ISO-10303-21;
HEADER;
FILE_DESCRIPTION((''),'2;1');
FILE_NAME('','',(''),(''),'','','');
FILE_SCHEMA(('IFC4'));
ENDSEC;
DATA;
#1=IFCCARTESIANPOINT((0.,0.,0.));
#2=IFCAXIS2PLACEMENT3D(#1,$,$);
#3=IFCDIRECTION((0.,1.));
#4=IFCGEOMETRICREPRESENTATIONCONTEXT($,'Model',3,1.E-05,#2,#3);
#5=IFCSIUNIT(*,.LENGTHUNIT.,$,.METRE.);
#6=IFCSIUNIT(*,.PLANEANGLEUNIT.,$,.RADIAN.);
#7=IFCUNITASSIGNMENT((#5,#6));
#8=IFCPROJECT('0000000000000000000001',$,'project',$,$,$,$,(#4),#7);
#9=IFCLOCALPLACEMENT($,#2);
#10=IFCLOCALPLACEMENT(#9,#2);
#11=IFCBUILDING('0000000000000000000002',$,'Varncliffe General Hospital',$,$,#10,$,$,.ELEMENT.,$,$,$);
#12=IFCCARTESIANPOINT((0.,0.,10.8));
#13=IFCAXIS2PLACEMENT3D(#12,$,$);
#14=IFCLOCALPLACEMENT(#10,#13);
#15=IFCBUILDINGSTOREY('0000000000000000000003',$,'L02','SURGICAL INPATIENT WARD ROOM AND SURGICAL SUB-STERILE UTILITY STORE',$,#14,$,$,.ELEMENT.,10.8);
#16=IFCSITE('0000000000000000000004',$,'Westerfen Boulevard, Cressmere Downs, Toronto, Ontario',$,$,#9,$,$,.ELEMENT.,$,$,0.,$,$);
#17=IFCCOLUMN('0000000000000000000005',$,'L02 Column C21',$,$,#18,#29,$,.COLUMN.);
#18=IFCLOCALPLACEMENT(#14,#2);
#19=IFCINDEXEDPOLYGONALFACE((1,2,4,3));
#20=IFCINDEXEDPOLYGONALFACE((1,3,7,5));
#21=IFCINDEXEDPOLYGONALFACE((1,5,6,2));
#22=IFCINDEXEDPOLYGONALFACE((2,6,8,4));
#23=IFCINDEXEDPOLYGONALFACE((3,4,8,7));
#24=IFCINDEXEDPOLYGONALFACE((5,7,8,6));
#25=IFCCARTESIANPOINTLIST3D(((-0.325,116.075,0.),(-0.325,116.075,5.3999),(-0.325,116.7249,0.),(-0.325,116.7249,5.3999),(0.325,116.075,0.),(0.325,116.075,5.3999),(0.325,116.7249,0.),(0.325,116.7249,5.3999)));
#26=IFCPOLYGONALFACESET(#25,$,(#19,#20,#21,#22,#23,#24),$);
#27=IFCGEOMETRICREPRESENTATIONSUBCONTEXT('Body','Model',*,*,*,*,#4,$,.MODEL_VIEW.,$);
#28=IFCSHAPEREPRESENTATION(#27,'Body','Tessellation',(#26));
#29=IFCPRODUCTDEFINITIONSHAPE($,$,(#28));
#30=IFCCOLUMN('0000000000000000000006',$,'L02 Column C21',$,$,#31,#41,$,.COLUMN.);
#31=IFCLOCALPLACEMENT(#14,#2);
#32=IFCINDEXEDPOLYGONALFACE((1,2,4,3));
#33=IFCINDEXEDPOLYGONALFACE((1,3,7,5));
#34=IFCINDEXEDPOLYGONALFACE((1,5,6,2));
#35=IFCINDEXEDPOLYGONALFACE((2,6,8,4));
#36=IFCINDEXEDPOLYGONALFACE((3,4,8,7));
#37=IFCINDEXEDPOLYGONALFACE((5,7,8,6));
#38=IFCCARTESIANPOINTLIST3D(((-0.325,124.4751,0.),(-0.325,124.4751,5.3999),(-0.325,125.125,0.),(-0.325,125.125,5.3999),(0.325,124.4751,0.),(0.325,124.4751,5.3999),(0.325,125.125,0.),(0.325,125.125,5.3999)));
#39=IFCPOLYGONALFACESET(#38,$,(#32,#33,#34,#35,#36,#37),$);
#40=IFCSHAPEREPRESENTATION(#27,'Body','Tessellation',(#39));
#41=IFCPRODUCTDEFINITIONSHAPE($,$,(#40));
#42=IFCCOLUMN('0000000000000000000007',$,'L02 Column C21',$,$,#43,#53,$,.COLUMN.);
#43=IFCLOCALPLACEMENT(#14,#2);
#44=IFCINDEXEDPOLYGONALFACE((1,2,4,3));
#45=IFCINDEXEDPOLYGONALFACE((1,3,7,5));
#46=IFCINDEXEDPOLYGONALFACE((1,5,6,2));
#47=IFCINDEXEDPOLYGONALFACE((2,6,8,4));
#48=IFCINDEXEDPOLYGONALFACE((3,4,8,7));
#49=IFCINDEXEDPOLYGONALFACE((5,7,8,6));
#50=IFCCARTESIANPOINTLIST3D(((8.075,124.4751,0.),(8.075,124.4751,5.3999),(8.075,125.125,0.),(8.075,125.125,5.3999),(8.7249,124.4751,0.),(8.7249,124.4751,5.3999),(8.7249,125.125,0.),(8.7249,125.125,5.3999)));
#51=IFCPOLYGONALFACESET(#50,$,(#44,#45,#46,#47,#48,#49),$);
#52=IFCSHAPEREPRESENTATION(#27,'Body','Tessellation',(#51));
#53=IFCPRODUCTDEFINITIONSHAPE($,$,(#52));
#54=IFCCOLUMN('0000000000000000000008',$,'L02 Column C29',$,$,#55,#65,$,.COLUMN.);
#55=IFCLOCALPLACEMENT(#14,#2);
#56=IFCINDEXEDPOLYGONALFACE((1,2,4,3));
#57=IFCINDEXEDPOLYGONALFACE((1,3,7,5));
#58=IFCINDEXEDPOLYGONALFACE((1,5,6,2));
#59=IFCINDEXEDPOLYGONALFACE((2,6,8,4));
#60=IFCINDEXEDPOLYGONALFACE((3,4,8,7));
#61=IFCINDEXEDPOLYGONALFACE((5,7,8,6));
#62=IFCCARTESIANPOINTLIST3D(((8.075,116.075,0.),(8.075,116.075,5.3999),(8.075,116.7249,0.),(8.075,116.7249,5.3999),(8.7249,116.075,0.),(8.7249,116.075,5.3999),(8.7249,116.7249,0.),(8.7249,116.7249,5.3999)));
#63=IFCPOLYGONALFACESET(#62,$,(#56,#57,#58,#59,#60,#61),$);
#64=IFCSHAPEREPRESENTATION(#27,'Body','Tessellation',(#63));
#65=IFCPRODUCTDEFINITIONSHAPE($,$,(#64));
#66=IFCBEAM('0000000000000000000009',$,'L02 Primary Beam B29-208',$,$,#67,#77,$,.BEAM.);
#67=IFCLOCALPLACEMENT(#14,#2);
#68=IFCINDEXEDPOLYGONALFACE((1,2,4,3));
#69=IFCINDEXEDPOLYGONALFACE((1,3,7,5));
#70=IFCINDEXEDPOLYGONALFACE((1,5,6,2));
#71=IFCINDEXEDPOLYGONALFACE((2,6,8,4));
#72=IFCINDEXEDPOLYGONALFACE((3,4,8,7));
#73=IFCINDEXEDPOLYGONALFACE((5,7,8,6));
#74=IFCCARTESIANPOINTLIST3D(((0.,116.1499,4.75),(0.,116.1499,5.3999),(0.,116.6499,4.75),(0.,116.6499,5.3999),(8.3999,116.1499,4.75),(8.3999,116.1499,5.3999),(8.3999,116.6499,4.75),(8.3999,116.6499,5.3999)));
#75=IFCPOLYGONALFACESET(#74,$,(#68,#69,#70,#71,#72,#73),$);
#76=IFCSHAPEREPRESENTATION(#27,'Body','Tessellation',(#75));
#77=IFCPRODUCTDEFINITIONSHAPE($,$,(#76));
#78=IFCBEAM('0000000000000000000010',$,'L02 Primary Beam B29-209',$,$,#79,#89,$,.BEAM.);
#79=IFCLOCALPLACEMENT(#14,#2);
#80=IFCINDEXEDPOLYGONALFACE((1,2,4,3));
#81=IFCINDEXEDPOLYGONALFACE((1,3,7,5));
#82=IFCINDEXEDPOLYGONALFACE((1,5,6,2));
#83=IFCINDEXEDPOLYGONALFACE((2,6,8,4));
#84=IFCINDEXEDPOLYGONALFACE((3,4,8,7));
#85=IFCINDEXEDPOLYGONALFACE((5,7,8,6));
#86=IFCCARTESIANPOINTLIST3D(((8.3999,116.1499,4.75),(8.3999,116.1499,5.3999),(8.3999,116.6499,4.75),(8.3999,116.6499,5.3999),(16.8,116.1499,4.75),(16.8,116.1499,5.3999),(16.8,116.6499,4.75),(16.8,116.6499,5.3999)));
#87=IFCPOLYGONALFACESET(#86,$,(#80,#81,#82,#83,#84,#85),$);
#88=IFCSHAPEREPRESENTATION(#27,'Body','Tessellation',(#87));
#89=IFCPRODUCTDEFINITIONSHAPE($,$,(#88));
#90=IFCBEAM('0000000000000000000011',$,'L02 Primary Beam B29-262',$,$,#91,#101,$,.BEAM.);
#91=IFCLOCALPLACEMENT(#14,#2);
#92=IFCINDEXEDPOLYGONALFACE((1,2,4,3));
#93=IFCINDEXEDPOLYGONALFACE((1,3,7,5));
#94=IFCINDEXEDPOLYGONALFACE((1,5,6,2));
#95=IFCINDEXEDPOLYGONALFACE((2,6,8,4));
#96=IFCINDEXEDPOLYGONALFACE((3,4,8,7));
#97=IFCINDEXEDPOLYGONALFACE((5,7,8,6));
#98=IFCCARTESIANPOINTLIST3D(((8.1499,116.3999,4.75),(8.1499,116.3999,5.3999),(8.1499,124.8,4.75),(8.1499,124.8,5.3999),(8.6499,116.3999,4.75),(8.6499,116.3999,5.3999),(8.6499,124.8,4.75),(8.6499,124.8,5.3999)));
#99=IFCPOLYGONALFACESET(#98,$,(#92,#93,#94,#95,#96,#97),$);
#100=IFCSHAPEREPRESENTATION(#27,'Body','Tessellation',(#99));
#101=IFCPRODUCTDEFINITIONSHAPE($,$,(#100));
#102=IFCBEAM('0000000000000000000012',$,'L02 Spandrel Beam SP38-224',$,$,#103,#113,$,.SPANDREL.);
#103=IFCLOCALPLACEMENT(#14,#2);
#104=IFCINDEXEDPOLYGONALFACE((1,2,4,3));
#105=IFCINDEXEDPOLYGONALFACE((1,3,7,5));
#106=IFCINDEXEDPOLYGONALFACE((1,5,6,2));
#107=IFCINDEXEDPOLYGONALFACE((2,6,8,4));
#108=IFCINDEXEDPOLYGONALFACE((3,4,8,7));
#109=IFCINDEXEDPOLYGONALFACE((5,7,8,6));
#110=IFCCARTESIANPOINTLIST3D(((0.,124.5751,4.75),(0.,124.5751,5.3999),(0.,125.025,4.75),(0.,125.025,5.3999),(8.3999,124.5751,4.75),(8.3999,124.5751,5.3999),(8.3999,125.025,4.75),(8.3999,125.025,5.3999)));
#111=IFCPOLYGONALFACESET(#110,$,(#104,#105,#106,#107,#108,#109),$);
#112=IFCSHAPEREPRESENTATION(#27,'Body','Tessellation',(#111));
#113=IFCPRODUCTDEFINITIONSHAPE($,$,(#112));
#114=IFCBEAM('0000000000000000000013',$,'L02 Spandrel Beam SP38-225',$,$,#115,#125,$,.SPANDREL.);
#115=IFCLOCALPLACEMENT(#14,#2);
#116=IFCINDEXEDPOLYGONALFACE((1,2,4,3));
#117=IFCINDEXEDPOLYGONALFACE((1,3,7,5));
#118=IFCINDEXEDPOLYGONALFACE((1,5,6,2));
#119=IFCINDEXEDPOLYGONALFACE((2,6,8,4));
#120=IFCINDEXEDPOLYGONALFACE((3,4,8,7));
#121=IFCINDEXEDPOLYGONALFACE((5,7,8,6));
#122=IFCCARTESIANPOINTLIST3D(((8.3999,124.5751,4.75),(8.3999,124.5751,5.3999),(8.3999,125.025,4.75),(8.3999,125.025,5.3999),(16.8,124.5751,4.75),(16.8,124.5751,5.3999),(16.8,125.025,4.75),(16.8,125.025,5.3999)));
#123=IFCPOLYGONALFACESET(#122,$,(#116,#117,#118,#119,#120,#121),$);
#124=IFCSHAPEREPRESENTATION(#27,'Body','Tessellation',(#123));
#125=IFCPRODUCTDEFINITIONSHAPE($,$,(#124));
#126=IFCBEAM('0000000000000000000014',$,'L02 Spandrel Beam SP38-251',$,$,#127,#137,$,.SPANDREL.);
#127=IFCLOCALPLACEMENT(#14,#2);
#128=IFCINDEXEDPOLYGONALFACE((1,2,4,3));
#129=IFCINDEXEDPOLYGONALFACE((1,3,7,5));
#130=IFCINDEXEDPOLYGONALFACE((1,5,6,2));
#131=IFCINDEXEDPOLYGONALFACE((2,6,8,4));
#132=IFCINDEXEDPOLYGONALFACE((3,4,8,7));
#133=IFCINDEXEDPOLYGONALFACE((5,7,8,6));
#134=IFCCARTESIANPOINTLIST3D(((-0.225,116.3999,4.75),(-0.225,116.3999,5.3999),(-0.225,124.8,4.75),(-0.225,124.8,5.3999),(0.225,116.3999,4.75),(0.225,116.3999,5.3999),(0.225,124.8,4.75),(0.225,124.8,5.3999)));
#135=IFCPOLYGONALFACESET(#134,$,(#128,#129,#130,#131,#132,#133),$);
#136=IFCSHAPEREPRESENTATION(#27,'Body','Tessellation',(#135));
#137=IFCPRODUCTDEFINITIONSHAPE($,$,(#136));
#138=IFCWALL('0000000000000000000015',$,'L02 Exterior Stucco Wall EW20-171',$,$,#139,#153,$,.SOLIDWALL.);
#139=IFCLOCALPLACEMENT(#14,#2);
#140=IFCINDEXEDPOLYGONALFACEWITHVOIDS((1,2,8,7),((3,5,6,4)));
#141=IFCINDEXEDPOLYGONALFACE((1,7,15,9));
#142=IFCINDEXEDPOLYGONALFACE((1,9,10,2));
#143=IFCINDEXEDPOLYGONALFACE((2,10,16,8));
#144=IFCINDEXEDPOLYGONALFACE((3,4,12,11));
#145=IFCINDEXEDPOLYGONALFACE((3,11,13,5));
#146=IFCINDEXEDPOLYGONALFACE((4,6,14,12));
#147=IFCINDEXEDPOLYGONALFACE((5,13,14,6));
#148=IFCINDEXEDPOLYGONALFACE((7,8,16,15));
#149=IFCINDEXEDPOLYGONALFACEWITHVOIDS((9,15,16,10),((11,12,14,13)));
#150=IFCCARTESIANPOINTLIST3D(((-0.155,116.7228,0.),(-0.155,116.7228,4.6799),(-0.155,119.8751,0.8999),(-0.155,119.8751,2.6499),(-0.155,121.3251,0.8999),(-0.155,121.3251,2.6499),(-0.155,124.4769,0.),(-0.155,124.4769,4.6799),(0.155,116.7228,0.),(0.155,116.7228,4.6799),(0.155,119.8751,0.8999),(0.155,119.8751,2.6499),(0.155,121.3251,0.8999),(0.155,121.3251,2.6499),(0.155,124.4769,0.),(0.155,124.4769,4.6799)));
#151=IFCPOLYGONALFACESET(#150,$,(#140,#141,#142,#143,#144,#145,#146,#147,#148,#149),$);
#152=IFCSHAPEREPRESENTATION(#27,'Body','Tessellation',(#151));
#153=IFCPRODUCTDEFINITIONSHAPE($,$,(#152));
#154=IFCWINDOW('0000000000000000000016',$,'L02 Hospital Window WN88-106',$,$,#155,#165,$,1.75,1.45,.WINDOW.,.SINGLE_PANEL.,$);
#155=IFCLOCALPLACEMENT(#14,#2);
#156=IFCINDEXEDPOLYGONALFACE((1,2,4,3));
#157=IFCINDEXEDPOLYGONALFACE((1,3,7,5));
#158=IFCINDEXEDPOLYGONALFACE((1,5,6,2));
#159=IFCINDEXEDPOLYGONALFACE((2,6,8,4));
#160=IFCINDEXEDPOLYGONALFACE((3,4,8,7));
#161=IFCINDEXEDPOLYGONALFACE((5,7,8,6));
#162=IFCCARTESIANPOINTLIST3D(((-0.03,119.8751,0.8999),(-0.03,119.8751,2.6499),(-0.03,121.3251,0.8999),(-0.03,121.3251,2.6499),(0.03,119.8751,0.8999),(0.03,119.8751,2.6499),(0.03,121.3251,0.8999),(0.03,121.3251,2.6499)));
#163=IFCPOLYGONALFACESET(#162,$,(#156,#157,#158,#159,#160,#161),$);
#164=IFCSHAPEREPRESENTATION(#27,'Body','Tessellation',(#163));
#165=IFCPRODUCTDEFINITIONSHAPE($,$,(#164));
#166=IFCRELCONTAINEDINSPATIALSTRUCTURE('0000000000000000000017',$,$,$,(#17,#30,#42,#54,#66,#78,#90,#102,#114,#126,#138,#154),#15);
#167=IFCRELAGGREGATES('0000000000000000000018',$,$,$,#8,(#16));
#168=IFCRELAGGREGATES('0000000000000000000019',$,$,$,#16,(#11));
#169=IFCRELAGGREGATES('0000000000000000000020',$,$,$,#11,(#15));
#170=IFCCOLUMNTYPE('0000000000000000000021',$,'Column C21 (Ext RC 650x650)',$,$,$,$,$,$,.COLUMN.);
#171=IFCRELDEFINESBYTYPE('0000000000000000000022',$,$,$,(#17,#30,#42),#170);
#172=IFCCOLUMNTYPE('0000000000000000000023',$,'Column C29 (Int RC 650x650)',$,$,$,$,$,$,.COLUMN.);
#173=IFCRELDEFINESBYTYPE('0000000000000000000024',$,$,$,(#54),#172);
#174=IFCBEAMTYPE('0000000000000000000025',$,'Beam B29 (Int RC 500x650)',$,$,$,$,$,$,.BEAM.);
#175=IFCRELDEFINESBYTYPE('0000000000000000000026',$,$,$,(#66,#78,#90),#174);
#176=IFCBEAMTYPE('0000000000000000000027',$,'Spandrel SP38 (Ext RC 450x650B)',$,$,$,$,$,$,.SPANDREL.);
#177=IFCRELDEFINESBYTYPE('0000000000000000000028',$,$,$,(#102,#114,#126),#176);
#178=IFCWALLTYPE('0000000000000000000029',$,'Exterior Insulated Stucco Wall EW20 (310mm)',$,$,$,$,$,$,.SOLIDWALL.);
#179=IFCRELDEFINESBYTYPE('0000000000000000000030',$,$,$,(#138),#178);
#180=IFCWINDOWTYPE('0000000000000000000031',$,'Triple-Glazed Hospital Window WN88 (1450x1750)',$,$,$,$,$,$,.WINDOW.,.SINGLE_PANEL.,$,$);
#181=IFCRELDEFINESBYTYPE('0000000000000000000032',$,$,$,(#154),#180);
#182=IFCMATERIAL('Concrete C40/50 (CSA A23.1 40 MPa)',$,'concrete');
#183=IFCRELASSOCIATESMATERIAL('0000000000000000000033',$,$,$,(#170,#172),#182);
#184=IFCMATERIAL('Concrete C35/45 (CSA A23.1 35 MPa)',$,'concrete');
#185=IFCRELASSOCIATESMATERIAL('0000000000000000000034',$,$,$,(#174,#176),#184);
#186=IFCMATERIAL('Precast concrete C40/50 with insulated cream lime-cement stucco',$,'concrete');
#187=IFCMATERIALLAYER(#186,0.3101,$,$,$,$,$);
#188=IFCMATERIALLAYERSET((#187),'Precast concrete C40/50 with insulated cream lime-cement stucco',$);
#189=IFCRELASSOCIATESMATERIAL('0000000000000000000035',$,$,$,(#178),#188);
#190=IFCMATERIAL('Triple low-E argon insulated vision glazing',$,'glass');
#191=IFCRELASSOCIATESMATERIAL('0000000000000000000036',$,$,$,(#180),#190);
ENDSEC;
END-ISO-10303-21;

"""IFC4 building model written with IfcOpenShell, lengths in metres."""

from ifc_helpers import new_model, si_unit, direction, frame, frame_2d, origin, origin_2d, place, context, subcontext, project, spatial, rectangle, extrude, material, layer, layer_set, material_profile, profile_set, type_object, element, fill, save


model = new_model("IFC4")

# Units and contexts
model_context = context("Model", 3, precision=1e-05, world=origin(), true_north=direction((0.0, 1.0)))
body_context = subcontext(model_context, "Body", "Model", "MODEL_VIEW")
ifc_project = project(units=[si_unit("LENGTHUNIT", "METRE"), si_unit("PLANEANGLEUNIT", "RADIAN")], contexts=[model_context])

# Site, building, storey
site_placement = place(None, origin())
site = spatial("IfcSite", under=ifc_project, at=site_placement, Name="Westerfen Boulevard, Cressmere Downs, Toronto, Ontario", CompositionType="ELEMENT", RefElevation=0.0)
building_placement = place(site_placement, origin())
building = spatial("IfcBuilding", under=site, at=building_placement, Name="Varncliffe General Hospital", CompositionType="ELEMENT")
storey_placement = place(building_placement, frame((0.0, 0.0, 10.8)))
storey = spatial("IfcBuildingStorey", under=building, at=storey_placement, Name="L02", Description="SURGICAL INPATIENT WARD ROOM AND SURGICAL SUB-STERILE UTILITY STORE", CompositionType="ELEMENT", Elevation=10.8)

# Columns
ifc_material_1 = material(Name="Concrete C40/50 (CSA A23.1 40 MPa)", Category="concrete")
ifc_material_profile_1 = material_profile(ifc_material_1, rectangle(XDim=0.6499, YDim=0.6499, at=origin_2d()), Name="RC 650x650")
ifc_profile_set_1 = profile_set([ifc_material_profile_1], Name="Concrete C40/50 (CSA A23.1 40 MPa)")
column_type_1 = type_object("IfcColumnType", Name="Column C21 (Ext RC 650x650)", PredefinedType="COLUMN", material=ifc_profile_set_1)
for number, where, z_axis, x_axis, name in (
    (1, (0.0, 116.3999, 0.0), (0.0, 0.0, 1.0), (1.0, 0.0, 0.0), "L02 Column C21"),
    (2, (0.0, 124.8, 0.0), (0.0, 0.0, 1.0), (1.0, 0.0, 0.0), "L02 Column C21"),
    (3, (8.3999, 124.8, 0.0), (0.0, 0.0, 1.0), (1.0, 0.0, 0.0), "L02 Column C21"),
):
    element("IfcColumn", number, at=place(storey_placement, frame(where, z_axis=z_axis, x_axis=x_axis)), inside=storey, type_object=column_type_1, Name=name, PredefinedType="COLUMN", context=body_context, shape_type="SweptSolid", body=[
        extrude(rectangle(XDim=0.6499, YDim=0.6499, at=origin_2d()), origin(), (0.0, 0.0, 1.0), 5.3999),
    ])
ifc_material_profile_2 = material_profile(ifc_material_1, rectangle(XDim=0.6499, YDim=0.6499, at=origin_2d()), Name="RC 650x650")
ifc_profile_set_2 = profile_set([ifc_material_profile_2], Name="Concrete C40/50 (CSA A23.1 40 MPa)")
column_type_2 = type_object("IfcColumnType", Name="Column C29 (Int RC 650x650)", PredefinedType="COLUMN", material=ifc_profile_set_2)
column_placement = place(storey_placement, frame((8.3999, 116.3999, 0.0), z_axis=(0.0, 0.0, 1.0), x_axis=(1.0, 0.0, 0.0)))
element("IfcColumn", 4, at=column_placement, inside=storey, type_object=column_type_2, Name="L02 Column C29", PredefinedType="COLUMN", context=body_context, shape_type="SweptSolid", body=[
    extrude(rectangle(XDim=0.6499, YDim=0.6499, at=origin_2d()), origin(), (0.0, 0.0, 1.0), 5.3999),
])

# Beams
ifc_material_2 = material(Name="Concrete C35/45 (CSA A23.1 35 MPa)", Category="concrete")
ifc_material_profile_3 = material_profile(ifc_material_2, rectangle(XDim=0.5, YDim=0.6499, at=origin_2d()), Name="RC 500x650")
ifc_profile_set_3 = profile_set([ifc_material_profile_3], Name="Concrete C35/45 (CSA A23.1 35 MPa)")
beam_type_1 = type_object("IfcBeamType", Name="Beam B29 (Int RC 500x650)", PredefinedType="BEAM", material=ifc_profile_set_3)
beam_1_placement = place(storey_placement, frame((0.0, 116.3999, 5.075), z_axis=(1.0, 0.0, 0.0), x_axis=(0.0, 1.0, 0.0)))
element("IfcBeam", 5, at=beam_1_placement, inside=storey, type_object=beam_type_1, Name="L02 Primary Beam B29-208", PredefinedType="BEAM", context=body_context, shape_type="SweptSolid", body=[
    extrude(rectangle(XDim=0.5, YDim=0.6499, at=origin_2d()), origin(), (0.0, 0.0, 1.0), 8.3999),
])
for number, where, z_axis, x_axis, name in (
    (6, (8.3999, 116.3999, 5.075), (1.0, 0.0, 0.0), (0.0, 1.0, 0.0), "L02 Primary Beam B29-209"),
    (7, (8.3999, 116.3999, 5.075), (0.0, 1.0, 0.0), (-1.0, 0.0, 0.0), "L02 Primary Beam B29-262"),
):
    element("IfcBeam", number, at=place(storey_placement, frame(where, z_axis=z_axis, x_axis=x_axis)), inside=storey, type_object=beam_type_1, Name=name, PredefinedType="BEAM", context=body_context, shape_type="SweptSolid", body=[
        extrude(rectangle(XDim=0.5, YDim=0.6499, at=origin_2d()), origin(), (0.0, 0.0, 1.0), 8.4001),
    ])
ifc_material_profile_4 = material_profile(ifc_material_2, rectangle(XDim=0.45, YDim=0.6499, at=origin_2d()), Name="RC 450x650")
ifc_profile_set_4 = profile_set([ifc_material_profile_4], Name="Concrete C35/45 (CSA A23.1 35 MPa)")
beam_type_2 = type_object("IfcBeamType", Name="Spandrel SP38 (Ext RC 450x650B)", PredefinedType="SPANDREL", material=ifc_profile_set_4)
beam_2_placement = place(storey_placement, frame((0.0, 124.8, 5.075), z_axis=(1.0, 0.0, 0.0), x_axis=(0.0, 1.0, 0.0)))
element("IfcBeam", 8, at=beam_2_placement, inside=storey, type_object=beam_type_2, Name="L02 Spandrel Beam SP38-224", PredefinedType="SPANDREL", context=body_context, shape_type="SweptSolid", body=[
    extrude(rectangle(XDim=0.45, YDim=0.6499, at=origin_2d()), origin(), (0.0, 0.0, 1.0), 8.3999),
])
for number, where, z_axis, x_axis, name in (
    (9, (8.3999, 124.8, 5.075), (1.0, 0.0, 0.0), (0.0, 1.0, 0.0), "L02 Spandrel Beam SP38-225"),
    (10, (0.0, 116.3999, 5.075), (0.0, 1.0, 0.0), (-1.0, 0.0, 0.0), "L02 Spandrel Beam SP38-251"),
):
    element("IfcBeam", number, at=place(storey_placement, frame(where, z_axis=z_axis, x_axis=x_axis)), inside=storey, type_object=beam_type_2, Name=name, PredefinedType="SPANDREL", context=body_context, shape_type="SweptSolid", body=[
        extrude(rectangle(XDim=0.45, YDim=0.6499, at=origin_2d()), origin(), (0.0, 0.0, 1.0), 8.4001),
    ])

# Wall, opening, window
ifc_material_3 = material(Name="Precast concrete C40/50 with insulated cream lime-cement stucco", Category="concrete")
ifc_layer_1 = layer(ifc_material_3, 0.3101)
ifc_layer_set_1 = layer_set([ifc_layer_1], Name="Precast concrete C40/50 with insulated cream lime-cement stucco")
wall_type_1 = type_object("IfcWallType", Name="Exterior Insulated Stucco Wall EW20 (310mm)", PredefinedType="SOLIDWALL", material=ifc_layer_set_1)
wall_1_placement = place(storey_placement, frame((0.0, 116.7229, 0.0), z_axis=(0.0, 0.0, 1.0), x_axis=(0.0, 1.0, 0.0)))
wall_1 = element("IfcWall", 11, at=wall_1_placement, inside=storey, type_object=wall_type_1, Name="L02 Exterior Stucco Wall EW20-171", PredefinedType="SOLIDWALL", context=body_context, shape_type="SweptSolid", body=[
    extrude(rectangle(XDim=7.7542, YDim=0.3101, at=frame_2d((3.877, 0.0))), origin(), (0.0, 0.0, 1.0), 4.6799),
])
opening_1_placement = place(wall_1_placement, frame((3.1521, 0.0, 0.8999)))
opening_1 = element("IfcOpeningElement", 12, at=opening_1_placement, cuts=wall_1, PredefinedType="OPENING", context=body_context, shape_type="SweptSolid", body=[
    extrude(rectangle(XDim=1.45, YDim=1.75, at=frame_2d((0.7251, 0.875))), frame((0.0, 0.165, 0.0), z_axis=(0.0, -1.0, 0.0), x_axis=(1.0, 0.0, 0.0)), (0.0, 0.0, 1.0), 0.3301),
])
ifc_material_4 = material(Name="Triple low-E argon insulated vision glazing", Category="glass")
window_type_1 = type_object("IfcWindowType", Name="Triple-Glazed Hospital Window WN88 (1450x1750)", PartitioningType="SINGLE_PANEL", PredefinedType="WINDOW", material=ifc_material_4)
window_1_placement = place(opening_1_placement, origin())
window_1 = element("IfcWindow", 13, at=window_1_placement, inside=storey, type_object=window_type_1, Name="L02 Hospital Window WN88-106", OverallHeight=1.75, OverallWidth=1.45, PartitioningType="SINGLE_PANEL", PredefinedType="WINDOW", context=body_context, shape_type="SweptSolid", body=[
    extrude(rectangle(XDim=1.45, YDim=1.75, at=frame_2d((0.7251, 0.875))), frame((0.0, 0.03, 0.0), z_axis=(0.0, -1.0, 0.0), x_axis=(1.0, 0.0, 0.0)), (0.0, 0.0, 1.0), 0.0601),
])
fill(opening_1, window_1)

save(model, "model.ifc")
